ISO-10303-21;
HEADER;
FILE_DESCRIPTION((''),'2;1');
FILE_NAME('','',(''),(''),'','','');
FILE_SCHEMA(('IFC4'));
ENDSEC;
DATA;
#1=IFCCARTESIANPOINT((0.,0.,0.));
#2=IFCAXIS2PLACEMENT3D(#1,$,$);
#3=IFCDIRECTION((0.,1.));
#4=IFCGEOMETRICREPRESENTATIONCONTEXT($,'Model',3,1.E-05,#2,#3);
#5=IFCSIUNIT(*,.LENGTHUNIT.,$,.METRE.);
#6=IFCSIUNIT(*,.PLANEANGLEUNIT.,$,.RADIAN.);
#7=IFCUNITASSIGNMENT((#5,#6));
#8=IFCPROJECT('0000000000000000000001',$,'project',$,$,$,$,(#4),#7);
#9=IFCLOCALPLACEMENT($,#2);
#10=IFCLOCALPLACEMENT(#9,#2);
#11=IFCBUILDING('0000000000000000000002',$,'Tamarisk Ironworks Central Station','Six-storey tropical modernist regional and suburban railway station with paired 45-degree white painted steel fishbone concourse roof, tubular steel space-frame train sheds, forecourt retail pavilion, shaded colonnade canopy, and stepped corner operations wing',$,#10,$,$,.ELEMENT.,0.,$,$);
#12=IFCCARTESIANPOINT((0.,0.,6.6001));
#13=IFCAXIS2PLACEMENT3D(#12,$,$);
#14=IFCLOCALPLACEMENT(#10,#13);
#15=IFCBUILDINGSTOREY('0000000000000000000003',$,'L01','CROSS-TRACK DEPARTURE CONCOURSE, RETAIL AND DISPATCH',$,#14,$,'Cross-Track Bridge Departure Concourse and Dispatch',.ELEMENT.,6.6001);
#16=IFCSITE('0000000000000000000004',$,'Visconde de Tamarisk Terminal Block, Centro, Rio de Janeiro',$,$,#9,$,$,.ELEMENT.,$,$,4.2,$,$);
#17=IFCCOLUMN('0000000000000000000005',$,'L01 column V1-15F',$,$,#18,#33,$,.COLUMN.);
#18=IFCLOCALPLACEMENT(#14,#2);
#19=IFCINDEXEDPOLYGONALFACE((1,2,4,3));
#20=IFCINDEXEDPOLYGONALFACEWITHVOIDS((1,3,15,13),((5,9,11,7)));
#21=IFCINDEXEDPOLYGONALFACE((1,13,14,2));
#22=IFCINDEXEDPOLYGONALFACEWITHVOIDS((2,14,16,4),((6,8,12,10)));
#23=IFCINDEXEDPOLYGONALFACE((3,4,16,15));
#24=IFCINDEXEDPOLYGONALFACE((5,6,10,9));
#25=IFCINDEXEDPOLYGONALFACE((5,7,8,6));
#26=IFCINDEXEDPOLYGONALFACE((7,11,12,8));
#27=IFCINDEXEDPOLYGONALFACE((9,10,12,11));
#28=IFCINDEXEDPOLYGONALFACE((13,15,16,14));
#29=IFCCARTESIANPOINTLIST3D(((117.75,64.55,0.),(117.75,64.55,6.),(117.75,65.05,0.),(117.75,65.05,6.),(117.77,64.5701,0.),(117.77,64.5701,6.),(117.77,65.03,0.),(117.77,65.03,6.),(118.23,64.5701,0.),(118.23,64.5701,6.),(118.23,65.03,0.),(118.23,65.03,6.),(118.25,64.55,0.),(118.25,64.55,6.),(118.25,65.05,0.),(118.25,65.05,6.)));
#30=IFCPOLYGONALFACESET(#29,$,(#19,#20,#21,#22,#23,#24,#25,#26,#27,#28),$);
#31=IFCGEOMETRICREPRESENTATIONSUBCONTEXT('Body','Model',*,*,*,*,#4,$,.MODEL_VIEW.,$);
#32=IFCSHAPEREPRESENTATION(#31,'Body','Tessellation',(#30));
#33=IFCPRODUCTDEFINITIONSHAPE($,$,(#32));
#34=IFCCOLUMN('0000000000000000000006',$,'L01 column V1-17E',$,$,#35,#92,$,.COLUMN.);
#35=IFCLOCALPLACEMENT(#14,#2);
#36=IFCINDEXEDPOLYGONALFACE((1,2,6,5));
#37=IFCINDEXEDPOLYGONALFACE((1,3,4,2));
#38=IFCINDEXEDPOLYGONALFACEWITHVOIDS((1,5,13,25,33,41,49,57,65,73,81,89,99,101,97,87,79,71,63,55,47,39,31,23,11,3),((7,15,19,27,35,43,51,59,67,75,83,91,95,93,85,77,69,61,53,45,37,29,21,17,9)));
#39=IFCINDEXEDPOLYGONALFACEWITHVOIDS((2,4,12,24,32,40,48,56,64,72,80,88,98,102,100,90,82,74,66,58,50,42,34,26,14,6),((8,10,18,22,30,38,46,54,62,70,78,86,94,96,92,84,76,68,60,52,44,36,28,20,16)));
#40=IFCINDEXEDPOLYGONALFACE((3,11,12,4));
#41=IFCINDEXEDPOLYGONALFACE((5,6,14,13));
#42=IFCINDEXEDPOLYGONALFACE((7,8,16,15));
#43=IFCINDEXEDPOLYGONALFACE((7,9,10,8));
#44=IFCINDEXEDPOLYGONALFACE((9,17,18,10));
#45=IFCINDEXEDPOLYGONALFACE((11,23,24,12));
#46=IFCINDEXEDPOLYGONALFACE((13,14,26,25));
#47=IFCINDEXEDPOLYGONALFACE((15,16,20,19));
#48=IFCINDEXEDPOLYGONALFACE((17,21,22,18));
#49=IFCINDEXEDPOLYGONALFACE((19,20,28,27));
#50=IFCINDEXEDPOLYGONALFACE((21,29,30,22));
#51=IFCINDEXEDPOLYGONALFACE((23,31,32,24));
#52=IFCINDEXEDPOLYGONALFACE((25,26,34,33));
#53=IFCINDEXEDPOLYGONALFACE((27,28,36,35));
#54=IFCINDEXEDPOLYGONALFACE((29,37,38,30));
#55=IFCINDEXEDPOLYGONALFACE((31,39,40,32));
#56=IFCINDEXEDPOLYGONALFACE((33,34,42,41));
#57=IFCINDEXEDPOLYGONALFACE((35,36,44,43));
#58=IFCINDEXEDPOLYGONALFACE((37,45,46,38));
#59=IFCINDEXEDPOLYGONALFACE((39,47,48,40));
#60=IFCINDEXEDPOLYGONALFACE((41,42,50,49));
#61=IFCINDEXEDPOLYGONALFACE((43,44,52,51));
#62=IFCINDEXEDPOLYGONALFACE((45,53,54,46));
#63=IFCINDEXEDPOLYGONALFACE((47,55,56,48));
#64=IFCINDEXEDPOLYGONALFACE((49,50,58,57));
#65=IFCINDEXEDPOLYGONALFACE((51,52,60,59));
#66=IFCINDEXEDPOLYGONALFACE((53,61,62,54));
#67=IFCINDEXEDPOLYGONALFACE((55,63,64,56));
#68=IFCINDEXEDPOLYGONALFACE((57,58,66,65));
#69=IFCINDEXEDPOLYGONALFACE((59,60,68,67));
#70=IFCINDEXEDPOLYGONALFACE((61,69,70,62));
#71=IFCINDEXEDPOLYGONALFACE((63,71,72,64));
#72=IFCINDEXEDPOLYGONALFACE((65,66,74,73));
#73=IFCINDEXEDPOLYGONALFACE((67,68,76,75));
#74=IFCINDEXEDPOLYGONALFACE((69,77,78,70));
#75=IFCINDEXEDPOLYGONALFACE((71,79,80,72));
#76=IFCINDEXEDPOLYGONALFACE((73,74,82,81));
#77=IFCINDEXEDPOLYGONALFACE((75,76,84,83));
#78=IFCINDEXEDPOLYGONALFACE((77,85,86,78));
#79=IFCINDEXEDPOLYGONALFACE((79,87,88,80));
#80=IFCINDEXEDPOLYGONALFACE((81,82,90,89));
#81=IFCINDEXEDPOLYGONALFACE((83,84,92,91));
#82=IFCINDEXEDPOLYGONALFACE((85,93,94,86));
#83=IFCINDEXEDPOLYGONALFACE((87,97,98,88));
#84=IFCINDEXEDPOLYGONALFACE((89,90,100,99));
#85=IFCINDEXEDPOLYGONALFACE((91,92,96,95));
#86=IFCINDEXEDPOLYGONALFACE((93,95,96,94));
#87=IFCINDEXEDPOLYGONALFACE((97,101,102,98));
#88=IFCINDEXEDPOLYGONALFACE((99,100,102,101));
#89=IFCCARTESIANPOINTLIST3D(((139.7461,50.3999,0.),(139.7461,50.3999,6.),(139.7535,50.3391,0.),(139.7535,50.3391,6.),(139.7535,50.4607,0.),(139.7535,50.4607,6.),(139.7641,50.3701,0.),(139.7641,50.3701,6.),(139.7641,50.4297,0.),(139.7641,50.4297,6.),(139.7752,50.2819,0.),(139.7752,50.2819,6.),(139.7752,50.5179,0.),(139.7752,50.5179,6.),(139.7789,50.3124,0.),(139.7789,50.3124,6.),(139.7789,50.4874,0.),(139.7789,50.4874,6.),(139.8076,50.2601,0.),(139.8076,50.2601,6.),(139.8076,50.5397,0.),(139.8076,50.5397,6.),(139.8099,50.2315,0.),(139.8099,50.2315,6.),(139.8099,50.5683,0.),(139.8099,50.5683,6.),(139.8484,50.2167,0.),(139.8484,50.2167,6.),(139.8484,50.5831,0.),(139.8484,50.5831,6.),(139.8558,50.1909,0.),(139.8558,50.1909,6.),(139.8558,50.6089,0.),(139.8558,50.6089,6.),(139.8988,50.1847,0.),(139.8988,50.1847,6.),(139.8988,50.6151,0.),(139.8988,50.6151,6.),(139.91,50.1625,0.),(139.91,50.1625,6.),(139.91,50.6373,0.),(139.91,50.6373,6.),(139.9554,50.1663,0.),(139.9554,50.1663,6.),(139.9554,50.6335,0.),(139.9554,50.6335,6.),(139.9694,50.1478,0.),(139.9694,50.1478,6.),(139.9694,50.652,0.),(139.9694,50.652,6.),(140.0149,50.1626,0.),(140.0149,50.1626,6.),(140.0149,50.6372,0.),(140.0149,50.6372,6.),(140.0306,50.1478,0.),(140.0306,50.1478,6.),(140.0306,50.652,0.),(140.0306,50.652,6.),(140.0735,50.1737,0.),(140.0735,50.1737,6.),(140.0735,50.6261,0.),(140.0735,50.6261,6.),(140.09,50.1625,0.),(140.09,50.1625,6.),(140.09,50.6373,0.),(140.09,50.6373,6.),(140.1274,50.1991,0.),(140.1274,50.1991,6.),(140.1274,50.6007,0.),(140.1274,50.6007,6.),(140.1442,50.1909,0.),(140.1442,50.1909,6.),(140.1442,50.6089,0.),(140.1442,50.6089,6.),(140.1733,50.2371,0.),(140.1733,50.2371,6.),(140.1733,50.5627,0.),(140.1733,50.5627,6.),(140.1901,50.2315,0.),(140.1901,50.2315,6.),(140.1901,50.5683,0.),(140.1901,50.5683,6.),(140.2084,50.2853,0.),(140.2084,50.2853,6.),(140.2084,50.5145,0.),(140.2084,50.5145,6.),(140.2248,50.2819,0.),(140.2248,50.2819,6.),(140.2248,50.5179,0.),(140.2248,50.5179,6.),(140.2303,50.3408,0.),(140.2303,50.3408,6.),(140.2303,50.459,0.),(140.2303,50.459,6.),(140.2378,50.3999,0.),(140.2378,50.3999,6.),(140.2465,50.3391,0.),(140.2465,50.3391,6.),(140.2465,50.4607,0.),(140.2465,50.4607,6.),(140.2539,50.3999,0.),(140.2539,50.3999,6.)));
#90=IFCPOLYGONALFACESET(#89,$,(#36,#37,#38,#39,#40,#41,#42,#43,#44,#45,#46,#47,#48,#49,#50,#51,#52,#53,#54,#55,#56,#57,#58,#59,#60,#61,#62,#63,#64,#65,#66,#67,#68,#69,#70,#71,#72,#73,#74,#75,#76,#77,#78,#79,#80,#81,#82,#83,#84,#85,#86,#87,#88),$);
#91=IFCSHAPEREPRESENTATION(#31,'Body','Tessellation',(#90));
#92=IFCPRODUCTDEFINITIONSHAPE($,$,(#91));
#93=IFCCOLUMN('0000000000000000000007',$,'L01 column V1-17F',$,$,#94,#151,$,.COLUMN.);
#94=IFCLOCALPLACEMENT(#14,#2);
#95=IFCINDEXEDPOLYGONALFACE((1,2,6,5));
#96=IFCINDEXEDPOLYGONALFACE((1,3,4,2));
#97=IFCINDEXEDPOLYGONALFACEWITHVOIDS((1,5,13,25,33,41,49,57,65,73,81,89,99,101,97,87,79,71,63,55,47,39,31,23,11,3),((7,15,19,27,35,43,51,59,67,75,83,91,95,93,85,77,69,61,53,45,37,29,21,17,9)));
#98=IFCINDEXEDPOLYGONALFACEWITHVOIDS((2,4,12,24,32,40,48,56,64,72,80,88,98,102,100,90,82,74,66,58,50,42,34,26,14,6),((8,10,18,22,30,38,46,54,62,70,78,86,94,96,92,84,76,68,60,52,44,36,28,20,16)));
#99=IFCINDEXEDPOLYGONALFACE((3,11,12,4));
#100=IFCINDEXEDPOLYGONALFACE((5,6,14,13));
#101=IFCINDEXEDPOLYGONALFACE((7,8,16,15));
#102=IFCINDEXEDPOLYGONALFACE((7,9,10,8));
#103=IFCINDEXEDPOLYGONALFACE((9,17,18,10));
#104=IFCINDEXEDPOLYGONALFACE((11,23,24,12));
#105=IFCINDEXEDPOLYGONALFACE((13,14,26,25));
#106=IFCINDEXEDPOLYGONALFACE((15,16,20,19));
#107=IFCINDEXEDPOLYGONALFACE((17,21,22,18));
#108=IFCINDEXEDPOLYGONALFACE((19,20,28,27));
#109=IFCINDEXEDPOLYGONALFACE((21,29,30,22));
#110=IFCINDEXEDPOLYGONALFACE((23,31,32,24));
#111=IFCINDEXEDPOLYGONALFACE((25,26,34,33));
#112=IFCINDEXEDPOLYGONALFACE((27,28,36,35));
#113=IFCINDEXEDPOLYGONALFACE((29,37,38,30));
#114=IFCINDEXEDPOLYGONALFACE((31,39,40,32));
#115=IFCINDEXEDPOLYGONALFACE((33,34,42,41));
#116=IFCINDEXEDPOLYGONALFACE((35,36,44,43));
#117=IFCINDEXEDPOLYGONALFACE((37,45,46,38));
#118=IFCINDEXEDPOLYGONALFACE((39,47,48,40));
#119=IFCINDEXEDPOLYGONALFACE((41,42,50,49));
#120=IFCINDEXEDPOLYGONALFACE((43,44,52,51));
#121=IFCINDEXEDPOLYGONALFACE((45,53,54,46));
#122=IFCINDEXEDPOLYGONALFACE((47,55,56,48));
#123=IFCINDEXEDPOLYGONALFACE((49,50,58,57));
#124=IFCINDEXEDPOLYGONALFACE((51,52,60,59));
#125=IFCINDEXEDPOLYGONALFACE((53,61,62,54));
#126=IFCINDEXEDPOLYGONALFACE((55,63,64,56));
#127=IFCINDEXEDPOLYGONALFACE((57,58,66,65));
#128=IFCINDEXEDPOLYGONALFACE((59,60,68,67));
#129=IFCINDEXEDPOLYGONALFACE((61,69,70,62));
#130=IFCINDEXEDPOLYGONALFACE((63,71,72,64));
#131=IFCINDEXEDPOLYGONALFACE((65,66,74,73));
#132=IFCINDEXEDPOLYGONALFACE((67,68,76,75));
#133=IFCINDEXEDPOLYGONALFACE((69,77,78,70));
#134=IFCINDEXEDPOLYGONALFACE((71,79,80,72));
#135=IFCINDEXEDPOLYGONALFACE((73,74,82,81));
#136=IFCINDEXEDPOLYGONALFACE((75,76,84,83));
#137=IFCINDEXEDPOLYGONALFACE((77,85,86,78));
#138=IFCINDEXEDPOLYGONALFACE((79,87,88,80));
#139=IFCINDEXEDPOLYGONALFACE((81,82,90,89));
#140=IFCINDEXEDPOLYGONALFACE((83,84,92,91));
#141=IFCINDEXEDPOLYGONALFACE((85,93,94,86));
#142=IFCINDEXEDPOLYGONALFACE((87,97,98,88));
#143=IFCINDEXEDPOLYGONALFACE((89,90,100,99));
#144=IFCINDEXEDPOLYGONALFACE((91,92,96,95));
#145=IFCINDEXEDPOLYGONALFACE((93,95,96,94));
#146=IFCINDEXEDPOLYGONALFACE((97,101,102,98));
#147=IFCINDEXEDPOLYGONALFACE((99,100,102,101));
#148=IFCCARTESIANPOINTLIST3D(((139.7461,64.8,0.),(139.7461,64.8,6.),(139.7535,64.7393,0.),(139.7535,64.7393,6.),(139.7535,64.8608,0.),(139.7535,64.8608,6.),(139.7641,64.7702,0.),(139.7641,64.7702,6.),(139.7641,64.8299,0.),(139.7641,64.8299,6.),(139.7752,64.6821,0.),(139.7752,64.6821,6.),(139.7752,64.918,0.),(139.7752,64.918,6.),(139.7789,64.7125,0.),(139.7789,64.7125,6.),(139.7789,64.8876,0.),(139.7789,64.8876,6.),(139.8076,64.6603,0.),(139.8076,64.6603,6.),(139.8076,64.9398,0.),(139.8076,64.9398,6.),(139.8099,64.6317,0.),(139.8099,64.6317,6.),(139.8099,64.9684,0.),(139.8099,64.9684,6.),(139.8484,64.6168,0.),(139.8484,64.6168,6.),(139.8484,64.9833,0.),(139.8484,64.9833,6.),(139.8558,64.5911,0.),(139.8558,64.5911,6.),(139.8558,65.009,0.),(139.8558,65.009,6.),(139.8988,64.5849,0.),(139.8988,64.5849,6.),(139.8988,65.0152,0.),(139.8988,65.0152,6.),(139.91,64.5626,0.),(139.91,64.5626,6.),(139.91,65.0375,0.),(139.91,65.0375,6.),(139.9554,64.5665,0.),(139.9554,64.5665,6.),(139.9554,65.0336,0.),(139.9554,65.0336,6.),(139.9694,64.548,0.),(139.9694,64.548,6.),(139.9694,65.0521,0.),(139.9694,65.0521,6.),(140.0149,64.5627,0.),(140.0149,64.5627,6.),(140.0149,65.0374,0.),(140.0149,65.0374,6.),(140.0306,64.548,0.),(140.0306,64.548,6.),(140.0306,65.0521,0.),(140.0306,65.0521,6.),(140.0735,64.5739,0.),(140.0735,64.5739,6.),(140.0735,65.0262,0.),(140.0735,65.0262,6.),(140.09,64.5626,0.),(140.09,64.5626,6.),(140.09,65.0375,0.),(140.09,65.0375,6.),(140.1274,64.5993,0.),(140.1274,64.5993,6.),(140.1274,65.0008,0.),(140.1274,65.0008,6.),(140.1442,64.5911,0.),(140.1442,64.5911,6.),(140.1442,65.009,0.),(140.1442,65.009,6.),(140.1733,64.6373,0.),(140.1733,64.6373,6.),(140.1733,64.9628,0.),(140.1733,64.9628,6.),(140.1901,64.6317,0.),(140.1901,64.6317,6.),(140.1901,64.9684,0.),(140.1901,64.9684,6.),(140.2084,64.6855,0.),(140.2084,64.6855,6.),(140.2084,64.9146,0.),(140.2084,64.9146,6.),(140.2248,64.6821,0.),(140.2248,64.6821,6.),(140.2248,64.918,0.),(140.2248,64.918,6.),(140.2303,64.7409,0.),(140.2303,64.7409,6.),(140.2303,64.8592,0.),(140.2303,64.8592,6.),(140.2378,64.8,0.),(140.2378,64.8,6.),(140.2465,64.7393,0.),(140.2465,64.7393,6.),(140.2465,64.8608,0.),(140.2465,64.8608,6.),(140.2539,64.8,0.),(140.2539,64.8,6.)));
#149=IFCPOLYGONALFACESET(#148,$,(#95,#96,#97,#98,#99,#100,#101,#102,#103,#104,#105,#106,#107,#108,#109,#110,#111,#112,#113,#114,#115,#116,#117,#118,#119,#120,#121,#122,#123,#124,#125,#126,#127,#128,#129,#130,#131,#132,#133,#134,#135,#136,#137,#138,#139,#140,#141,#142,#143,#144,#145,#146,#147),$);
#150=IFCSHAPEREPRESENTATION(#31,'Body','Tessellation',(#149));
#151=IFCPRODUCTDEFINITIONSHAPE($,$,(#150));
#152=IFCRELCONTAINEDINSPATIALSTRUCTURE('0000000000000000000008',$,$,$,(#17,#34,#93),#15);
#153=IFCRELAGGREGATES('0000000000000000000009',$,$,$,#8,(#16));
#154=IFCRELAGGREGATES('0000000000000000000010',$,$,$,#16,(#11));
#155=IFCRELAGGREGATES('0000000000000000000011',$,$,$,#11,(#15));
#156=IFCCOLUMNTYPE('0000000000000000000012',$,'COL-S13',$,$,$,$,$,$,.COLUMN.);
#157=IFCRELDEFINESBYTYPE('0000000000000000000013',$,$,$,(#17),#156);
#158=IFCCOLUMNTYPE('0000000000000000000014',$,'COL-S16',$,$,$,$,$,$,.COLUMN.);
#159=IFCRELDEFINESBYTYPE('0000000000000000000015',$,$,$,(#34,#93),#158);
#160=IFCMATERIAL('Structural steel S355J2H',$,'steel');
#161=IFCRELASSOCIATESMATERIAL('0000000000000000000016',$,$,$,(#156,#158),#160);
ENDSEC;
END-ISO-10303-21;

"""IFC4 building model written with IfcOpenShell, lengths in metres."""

from ifc_helpers import new_model, si_unit, direction, frame, origin, origin_2d, place, context, subcontext, project, spatial, hollow_rectangle, hollow_circle, extrude, material, material_profile, profile_set, type_object, element, save


model = new_model("IFC4")

# Units and contexts
model_context = context("Model", 3, precision=1e-05, world=origin(), true_north=direction((0.0, 1.0)))
body_context = subcontext(model_context, "Body", "Model", "MODEL_VIEW")
ifc_project = project(units=[si_unit("LENGTHUNIT", "METRE"), si_unit("PLANEANGLEUNIT", "RADIAN")], contexts=[model_context])

# Site, building, storey
site_placement = place(None, origin())
site = spatial("IfcSite", under=ifc_project, at=site_placement, Name="Visconde de Tamarisk Terminal Block, Centro, Rio de Janeiro", CompositionType="ELEMENT", RefElevation=4.2)
building_placement = place(site_placement, origin())
building = spatial("IfcBuilding", under=site, at=building_placement, Name="Tamarisk Ironworks Central Station", Description="Six-storey tropical modernist regional and suburban railway station with paired 45-degree white painted steel fishbone concourse roof, tubular steel space-frame train sheds, forecourt retail pavilion, shaded colonnade canopy, and stepped corner operations wing", CompositionType="ELEMENT", ElevationOfRefHeight=0.0)
storey_placement = place(building_placement, frame((0.0, 0.0, 6.6001)))
storey = spatial("IfcBuildingStorey", under=building, at=storey_placement, Name="L01", Description="CROSS-TRACK DEPARTURE CONCOURSE, RETAIL AND DISPATCH", LongName="Cross-Track Bridge Departure Concourse and Dispatch", CompositionType="ELEMENT", Elevation=6.6001)

# Columns
ifc_material_1 = material(Name="Structural steel S355J2H", Category="steel")
ifc_material_profile_1 = material_profile(ifc_material_1, hollow_rectangle(XDim=0.5, YDim=0.5, WallThickness=0.02, at=origin_2d()), Name="SHS 500x500x20")
ifc_profile_set_1 = profile_set([ifc_material_profile_1], Name="Structural steel S355J2H")
column_type_1 = type_object("IfcColumnType", Name="COL-S13", PredefinedType="COLUMN", material=ifc_profile_set_1)
column_placement = place(storey_placement, frame((118.0, 64.8, 0.0), z_axis=(0.0, 0.0, 1.0), x_axis=(1.0, 0.0, 0.0)))
element("IfcColumn", 1, at=column_placement, inside=storey, type_object=column_type_1, Name="L01 column V1-15F", PredefinedType="COLUMN", context=body_context, shape_type="SweptSolid", body=[
    extrude(hollow_rectangle(XDim=0.5, YDim=0.5, WallThickness=0.02, at=origin_2d()), origin(), (0.0, 0.0, 1.0), 6.0),
])
ifc_material_profile_2 = material_profile(ifc_material_1, hollow_circle(Radius=0.2539, WallThickness=0.0161, at=origin_2d()), Name="CHS 508x16")
ifc_profile_set_2 = profile_set([ifc_material_profile_2], Name="Structural steel S355J2H")
column_type_2 = type_object("IfcColumnType", Name="COL-S16", PredefinedType="COLUMN", material=ifc_profile_set_2)
for number, where, z_axis, x_axis, name in (
    (2, (140.0, 50.3999, 0.0), (0.0, 0.0, 1.0), (1.0, 0.0, 0.0), "L01 column V1-17E"),
    (3, (140.0, 64.8, 0.0), (0.0, 0.0, 1.0), (1.0, 0.0, 0.0), "L01 column V1-17F"),
):
    element("IfcColumn", number, at=place(storey_placement, frame(where, z_axis=z_axis, x_axis=x_axis)), inside=storey, type_object=column_type_2, Name=name, PredefinedType="COLUMN", context=body_context, shape_type="SweptSolid", body=[
        extrude(hollow_circle(Radius=0.2539, WallThickness=0.0161, at=origin_2d()), origin(), (0.0, 0.0, 1.0), 6.0),
    ])

save(model, "model.ifc")
